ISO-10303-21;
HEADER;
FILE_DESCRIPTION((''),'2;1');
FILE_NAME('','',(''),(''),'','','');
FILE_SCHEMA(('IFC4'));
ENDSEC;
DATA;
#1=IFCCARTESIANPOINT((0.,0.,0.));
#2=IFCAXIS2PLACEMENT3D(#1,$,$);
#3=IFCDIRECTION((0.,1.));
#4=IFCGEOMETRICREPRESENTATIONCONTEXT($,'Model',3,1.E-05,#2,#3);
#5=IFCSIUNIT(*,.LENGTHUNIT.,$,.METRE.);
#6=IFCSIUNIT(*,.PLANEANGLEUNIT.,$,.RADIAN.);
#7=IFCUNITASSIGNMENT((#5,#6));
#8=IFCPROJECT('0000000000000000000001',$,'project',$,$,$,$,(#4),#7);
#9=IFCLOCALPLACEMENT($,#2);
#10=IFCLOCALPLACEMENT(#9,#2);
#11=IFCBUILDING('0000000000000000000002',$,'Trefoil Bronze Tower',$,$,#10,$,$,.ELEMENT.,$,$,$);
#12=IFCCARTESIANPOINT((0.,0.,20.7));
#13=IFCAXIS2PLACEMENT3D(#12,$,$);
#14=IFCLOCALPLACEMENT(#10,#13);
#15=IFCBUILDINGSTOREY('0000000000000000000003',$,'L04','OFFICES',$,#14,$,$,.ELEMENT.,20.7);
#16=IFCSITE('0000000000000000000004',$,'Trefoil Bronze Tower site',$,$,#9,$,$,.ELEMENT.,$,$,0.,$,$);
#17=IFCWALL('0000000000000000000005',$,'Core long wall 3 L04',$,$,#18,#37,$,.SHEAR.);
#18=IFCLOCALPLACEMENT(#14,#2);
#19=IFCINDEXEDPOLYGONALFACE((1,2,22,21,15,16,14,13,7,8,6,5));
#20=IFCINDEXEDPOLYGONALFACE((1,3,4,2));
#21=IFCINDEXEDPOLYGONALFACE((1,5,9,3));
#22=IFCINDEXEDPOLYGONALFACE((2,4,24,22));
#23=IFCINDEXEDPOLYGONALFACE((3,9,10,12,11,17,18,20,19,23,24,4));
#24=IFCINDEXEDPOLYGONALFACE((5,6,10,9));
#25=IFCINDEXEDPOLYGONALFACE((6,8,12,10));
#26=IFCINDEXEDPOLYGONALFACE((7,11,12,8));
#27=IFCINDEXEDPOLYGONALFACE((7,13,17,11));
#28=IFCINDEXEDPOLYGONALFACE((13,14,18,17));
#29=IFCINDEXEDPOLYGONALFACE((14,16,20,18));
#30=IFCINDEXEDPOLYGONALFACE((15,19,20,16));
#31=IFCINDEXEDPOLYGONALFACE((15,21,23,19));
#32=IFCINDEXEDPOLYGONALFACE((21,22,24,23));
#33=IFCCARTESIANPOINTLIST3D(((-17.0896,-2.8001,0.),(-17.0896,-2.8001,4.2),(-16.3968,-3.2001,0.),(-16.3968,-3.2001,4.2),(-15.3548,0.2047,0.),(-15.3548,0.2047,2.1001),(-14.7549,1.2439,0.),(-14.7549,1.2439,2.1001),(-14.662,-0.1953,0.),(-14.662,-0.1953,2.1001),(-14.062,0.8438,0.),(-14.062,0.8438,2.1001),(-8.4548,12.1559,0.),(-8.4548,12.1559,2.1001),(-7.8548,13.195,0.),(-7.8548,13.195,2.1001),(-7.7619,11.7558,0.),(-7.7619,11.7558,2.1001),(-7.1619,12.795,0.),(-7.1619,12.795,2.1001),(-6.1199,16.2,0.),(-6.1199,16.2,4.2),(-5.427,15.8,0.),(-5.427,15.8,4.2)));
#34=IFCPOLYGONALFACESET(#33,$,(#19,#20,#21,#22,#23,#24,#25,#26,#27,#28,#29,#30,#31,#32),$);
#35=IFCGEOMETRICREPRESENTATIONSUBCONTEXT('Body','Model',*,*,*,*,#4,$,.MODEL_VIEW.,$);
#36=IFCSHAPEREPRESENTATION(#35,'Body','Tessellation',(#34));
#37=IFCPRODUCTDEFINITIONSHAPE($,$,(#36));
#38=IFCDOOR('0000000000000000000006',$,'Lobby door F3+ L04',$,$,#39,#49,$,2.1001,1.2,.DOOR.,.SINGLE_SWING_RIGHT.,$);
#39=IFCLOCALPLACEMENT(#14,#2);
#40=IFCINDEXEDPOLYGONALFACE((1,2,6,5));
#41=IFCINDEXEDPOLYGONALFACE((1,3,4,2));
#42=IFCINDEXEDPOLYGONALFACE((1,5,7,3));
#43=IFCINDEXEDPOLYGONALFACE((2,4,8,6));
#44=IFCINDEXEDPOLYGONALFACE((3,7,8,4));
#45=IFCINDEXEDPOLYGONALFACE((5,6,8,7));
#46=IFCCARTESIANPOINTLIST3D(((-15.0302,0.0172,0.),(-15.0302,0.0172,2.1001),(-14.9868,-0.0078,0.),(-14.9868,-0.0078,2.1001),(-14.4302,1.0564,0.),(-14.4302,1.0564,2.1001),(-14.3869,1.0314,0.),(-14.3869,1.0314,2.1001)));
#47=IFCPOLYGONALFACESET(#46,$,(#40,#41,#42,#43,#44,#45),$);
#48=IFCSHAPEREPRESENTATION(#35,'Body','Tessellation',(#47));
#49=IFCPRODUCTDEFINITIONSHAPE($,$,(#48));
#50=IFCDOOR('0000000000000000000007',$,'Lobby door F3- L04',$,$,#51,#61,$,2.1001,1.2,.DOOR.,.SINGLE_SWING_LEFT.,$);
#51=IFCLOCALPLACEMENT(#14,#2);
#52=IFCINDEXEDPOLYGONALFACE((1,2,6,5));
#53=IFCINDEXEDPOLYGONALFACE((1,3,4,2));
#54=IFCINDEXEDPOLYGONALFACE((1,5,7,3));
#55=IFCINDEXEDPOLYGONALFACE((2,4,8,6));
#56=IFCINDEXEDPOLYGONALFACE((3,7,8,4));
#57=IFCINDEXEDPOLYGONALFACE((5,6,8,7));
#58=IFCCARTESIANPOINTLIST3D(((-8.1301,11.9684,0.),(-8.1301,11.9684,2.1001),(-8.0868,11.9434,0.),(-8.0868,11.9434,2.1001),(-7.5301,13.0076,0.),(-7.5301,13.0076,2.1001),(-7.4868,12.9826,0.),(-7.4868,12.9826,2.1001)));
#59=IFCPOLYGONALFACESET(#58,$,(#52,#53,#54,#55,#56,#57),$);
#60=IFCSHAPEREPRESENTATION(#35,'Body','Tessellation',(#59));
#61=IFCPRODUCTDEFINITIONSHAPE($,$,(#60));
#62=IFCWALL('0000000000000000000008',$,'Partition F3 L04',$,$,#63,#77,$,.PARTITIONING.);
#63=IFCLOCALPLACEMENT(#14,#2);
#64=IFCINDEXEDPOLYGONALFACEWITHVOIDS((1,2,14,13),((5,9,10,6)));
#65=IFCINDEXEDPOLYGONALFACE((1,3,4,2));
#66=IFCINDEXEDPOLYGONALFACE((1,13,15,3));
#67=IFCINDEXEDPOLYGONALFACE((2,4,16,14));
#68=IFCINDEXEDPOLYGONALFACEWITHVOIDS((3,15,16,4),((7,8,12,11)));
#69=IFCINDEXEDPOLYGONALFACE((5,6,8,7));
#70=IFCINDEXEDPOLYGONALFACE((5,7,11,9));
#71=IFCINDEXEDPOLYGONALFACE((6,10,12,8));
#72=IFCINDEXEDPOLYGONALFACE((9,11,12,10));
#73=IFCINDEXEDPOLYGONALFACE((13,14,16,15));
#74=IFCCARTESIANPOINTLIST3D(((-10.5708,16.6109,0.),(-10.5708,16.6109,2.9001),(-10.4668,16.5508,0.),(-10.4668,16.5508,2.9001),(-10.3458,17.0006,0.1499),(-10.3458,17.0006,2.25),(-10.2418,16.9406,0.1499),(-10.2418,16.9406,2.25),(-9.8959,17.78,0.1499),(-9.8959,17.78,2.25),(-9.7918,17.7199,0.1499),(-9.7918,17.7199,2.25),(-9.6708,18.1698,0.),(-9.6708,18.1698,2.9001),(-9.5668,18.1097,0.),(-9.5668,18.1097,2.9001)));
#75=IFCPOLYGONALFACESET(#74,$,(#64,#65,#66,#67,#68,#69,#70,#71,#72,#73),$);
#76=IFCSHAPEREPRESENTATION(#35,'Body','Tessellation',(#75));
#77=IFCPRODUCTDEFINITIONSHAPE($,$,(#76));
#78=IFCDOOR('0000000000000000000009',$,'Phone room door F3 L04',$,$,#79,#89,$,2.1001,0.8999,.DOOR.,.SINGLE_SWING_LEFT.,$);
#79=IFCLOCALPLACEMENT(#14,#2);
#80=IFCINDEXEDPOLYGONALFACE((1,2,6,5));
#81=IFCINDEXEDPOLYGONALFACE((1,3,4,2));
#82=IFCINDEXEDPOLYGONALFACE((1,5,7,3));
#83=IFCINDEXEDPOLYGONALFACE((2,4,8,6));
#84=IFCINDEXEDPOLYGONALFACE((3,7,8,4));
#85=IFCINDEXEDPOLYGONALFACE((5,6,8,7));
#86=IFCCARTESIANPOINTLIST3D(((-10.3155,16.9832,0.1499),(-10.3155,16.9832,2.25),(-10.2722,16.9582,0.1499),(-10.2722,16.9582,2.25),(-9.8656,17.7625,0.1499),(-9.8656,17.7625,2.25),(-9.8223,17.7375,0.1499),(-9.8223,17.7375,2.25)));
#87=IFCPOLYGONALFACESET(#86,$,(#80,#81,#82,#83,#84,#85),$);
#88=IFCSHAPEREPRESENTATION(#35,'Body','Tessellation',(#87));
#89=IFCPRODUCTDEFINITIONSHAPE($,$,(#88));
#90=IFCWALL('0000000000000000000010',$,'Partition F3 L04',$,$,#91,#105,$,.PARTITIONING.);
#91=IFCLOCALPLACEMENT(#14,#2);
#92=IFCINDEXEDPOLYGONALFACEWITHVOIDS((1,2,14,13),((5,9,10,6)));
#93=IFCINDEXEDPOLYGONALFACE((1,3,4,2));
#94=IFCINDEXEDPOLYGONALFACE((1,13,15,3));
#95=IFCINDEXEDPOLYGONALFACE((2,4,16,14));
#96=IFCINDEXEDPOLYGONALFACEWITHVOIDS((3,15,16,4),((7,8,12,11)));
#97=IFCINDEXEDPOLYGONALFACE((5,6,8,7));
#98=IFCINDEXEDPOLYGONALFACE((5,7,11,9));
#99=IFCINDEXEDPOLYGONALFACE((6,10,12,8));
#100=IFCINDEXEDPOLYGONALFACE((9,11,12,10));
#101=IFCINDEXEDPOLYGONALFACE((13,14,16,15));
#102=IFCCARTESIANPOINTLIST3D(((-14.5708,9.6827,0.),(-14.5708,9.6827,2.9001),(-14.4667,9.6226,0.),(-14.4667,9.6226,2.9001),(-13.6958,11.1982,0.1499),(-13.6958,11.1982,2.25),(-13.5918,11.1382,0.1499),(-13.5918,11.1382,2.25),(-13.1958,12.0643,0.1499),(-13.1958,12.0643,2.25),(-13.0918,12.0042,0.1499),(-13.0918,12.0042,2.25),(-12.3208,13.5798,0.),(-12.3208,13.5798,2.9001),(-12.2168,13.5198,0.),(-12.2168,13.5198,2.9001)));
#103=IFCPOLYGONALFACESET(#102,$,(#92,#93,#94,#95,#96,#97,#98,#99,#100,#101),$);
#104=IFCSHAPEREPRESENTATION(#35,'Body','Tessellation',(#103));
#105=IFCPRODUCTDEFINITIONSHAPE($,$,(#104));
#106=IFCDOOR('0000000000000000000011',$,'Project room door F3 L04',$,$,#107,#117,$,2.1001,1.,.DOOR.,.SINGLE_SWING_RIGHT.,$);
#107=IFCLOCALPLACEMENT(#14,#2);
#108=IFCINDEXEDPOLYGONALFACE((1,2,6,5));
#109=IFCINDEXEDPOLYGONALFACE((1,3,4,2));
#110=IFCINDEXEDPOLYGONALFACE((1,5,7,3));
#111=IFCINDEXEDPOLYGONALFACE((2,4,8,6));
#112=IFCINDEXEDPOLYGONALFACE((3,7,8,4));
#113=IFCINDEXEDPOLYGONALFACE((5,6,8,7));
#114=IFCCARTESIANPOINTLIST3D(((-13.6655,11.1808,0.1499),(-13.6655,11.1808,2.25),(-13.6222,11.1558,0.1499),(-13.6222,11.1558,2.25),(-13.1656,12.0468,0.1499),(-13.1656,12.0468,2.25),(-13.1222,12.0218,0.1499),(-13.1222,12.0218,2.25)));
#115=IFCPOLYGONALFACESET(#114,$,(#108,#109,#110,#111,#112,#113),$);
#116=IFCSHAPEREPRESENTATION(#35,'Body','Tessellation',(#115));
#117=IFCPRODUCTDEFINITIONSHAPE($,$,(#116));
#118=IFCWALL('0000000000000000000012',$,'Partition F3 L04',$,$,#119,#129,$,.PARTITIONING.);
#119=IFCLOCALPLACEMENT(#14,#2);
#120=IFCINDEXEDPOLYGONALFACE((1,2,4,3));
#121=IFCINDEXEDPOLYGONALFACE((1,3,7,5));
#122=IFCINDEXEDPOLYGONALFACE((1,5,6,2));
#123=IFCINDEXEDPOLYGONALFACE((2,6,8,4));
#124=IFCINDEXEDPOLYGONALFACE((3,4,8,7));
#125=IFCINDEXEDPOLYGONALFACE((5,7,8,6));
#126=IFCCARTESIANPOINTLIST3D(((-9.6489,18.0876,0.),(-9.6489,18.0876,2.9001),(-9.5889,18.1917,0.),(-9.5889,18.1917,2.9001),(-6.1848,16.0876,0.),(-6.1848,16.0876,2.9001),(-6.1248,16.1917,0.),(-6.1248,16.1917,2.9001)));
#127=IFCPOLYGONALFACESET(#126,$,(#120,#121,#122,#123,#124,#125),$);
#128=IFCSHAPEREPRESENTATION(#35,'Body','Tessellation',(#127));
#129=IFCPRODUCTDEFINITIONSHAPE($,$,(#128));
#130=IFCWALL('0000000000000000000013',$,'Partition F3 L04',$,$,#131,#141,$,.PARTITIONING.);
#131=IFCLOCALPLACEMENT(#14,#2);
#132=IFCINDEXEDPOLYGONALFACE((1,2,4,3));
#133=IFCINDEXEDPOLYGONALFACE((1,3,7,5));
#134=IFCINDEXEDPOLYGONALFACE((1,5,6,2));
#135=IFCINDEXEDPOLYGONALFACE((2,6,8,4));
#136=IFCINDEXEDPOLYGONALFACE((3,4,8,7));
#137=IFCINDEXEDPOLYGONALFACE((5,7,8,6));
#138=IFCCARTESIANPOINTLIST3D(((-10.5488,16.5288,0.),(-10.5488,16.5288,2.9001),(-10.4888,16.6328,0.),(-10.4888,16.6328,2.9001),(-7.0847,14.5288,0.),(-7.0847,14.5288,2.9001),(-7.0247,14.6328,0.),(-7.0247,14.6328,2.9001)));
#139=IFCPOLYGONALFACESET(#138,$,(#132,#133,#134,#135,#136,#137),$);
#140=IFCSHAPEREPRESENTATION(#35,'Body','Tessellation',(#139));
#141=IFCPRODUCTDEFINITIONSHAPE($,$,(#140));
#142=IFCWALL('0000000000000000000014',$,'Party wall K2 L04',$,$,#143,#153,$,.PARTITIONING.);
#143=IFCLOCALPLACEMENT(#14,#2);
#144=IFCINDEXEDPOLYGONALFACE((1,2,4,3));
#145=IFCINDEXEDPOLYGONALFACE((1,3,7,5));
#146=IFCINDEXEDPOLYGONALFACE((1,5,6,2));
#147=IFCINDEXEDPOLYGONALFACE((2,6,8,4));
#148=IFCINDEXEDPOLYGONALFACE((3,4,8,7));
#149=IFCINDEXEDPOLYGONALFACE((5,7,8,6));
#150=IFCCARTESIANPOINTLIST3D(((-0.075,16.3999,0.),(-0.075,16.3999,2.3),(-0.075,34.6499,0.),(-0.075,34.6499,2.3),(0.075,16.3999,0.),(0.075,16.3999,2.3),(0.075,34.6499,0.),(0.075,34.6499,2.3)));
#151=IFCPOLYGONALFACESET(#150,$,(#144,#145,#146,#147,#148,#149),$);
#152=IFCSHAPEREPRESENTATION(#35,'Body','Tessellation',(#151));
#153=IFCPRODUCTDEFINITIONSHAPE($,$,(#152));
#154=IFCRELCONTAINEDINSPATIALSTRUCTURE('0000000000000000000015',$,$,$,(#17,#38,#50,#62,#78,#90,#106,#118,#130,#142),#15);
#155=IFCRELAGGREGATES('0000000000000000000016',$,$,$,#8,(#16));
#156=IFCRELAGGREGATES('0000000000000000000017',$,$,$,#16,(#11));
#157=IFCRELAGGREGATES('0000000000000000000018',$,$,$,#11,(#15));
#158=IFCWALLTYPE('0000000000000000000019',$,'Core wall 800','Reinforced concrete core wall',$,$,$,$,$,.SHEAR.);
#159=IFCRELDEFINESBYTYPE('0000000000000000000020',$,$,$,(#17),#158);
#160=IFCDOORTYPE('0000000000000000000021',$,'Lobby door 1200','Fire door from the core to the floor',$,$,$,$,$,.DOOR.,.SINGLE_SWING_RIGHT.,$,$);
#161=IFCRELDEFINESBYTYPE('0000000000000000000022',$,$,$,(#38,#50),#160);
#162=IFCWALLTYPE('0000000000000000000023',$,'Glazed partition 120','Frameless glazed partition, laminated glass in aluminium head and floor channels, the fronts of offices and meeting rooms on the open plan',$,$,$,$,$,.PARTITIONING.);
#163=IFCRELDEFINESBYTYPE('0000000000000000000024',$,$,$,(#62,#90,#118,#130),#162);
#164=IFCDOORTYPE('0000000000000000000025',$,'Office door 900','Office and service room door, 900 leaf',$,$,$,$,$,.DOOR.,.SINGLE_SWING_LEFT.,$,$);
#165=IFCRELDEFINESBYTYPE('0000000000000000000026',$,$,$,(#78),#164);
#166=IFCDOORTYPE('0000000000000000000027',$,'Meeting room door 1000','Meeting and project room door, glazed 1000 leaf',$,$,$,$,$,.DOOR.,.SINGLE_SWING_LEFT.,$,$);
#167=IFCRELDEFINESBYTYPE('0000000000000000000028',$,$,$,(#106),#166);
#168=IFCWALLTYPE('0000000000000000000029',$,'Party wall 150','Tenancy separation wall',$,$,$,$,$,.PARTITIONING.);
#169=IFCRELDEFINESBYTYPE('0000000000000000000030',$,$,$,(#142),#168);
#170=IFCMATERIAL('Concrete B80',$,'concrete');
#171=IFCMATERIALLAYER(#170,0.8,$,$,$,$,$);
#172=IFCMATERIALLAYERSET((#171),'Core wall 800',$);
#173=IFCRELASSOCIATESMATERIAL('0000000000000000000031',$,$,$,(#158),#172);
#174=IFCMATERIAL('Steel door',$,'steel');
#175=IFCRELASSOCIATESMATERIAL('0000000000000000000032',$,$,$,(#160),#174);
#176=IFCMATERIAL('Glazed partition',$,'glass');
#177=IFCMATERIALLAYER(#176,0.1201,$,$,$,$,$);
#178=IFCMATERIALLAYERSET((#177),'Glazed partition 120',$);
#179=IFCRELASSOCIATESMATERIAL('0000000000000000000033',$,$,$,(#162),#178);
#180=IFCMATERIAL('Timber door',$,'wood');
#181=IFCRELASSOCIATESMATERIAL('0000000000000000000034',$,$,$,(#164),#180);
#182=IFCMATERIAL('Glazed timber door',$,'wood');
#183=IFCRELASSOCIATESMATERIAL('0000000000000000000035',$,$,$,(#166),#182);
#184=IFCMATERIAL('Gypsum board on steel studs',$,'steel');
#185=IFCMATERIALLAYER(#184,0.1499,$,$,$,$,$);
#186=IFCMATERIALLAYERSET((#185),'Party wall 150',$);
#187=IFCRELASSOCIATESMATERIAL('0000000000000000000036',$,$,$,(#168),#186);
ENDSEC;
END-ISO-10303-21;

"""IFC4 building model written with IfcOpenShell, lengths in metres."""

from ifc_helpers import new_model, si_unit, direction, frame, frame_2d, origin, place, context, subcontext, project, spatial, rectangle, extrude, material, layer, layer_set, type_object, element, fill, save


model = new_model("IFC4")

# Units and contexts
model_context = context("Model", 3, precision=1e-05, world=origin(), true_north=direction((0.0, 1.0)))
body_context = subcontext(model_context, "Body", "Model", "MODEL_VIEW")
ifc_project = project(units=[si_unit("LENGTHUNIT", "METRE"), si_unit("PLANEANGLEUNIT", "RADIAN")], contexts=[model_context])

# Site, building, storey
site_placement = place(None, origin())
site = spatial("IfcSite", under=ifc_project, at=site_placement, Name="Trefoil Bronze Tower site", CompositionType="ELEMENT", RefElevation=0.0)
building_placement = place(site_placement, origin())
building = spatial("IfcBuilding", under=site, at=building_placement, Name="Trefoil Bronze Tower", CompositionType="ELEMENT")
storey_placement = place(building_placement, frame((0.0, 0.0, 20.7)))
storey = spatial("IfcBuildingStorey", under=building, at=storey_placement, Name="L04", Description="OFFICES", CompositionType="ELEMENT", Elevation=20.7)

# Wall, openings, doors
ifc_material_1 = material(Name="Concrete B80", Category="concrete")
ifc_layer_1 = layer(ifc_material_1, 0.8)
ifc_layer_set_1 = layer_set([ifc_layer_1], Name="Core wall 800")
wall_type_1 = type_object("IfcWallType", Name="Core wall 800", Description="Reinforced concrete core wall", PredefinedType="SHEAR", material=ifc_layer_set_1)
wall_1_placement = place(storey_placement, frame((-5.7734, 16.0, 0.0), z_axis=(0.0, 0.0, 1.0), x_axis=(-0.500002, -0.866024, 0.0)))
wall_1 = element("IfcWall", 1, at=wall_1_placement, inside=storey, type_object=wall_type_1, Name="Core long wall 3 L04", PredefinedType="SHEAR", context=body_context, shape_type="SweptSolid", body=[
    extrude(rectangle(XDim=21.9395, YDim=0.8, at=frame_2d((10.9697, 0.0))), origin(), (0.0, 0.0, 1.0), 4.2),
])
opening_1_placement = place(wall_1_placement, frame((17.2698, 0.0, 0.0)))
opening_1 = element("IfcOpeningElement", 2, at=opening_1_placement, cuts=wall_1, PredefinedType="OPENING", context=body_context, shape_type="SweptSolid", body=[
    extrude(rectangle(XDim=1.2, YDim=2.1001, at=frame_2d((0.6001, 1.05))), frame((0.0, 0.4099, 0.0), z_axis=(0.0, -1.0, 0.0), x_axis=(1.0, 0.0, 0.0)), (0.0, 0.0, 1.0), 0.8201),
])
opening_2_placement = place(wall_1_placement, frame((3.4697, 0.0, 0.0)))
opening_2 = element("IfcOpeningElement", 3, at=opening_2_placement, cuts=wall_1, PredefinedType="OPENING", context=body_context, shape_type="SweptSolid", body=[
    extrude(rectangle(XDim=1.2, YDim=2.1001, at=frame_2d((0.6001, 1.05))), frame((0.0, 0.4099, 0.0), z_axis=(0.0, -1.0, 0.0), x_axis=(1.0, 0.0, 0.0)), (0.0, 0.0, 1.0), 0.8201),
])
ifc_material_2 = material(Name="Steel door", Category="steel")
door_type_1 = type_object("IfcDoorType", Name="Lobby door 1200", Description="Fire door from the core to the floor", OperationType="SINGLE_SWING_RIGHT", PredefinedType="DOOR", material=ifc_material_2)
door_1_placement = place(opening_1_placement, origin())
door_1 = element("IfcDoor", 4, at=door_1_placement, inside=storey, type_object=door_type_1, Name="Lobby door F3+ L04", OperationType="SINGLE_SWING_RIGHT", OverallHeight=2.1001, OverallWidth=1.2, PredefinedType="DOOR", context=body_context, shape_type="SweptSolid", body=[
    extrude(rectangle(XDim=1.2, YDim=2.1001, at=frame_2d((0.6001, 1.05))), frame((0.0, 0.0249, 0.0), z_axis=(0.0, -1.0, 0.0), x_axis=(1.0, 0.0, 0.0)), (0.0, 0.0, 1.0), 0.05),
])
fill(opening_1, door_1)
door_2_placement = place(opening_2_placement, origin())
door_2 = element("IfcDoor", 5, at=door_2_placement, inside=storey, type_object=door_type_1, Name="Lobby door F3- L04", OperationType="SINGLE_SWING_LEFT", OverallHeight=2.1001, OverallWidth=1.2, PredefinedType="DOOR", context=body_context, shape_type="SweptSolid", body=[
    extrude(rectangle(XDim=1.2, YDim=2.1001, at=frame_2d((0.6001, 1.05))), frame((0.0, 0.0249, 0.0), z_axis=(0.0, -1.0, 0.0), x_axis=(1.0, 0.0, 0.0)), (0.0, 0.0, 1.0), 0.05),
])
fill(opening_2, door_2)

# Walls, openings, doors
ifc_material_3 = material(Name="Glazed partition", Category="glass")
ifc_layer_2 = layer(ifc_material_3, 0.1201)
ifc_layer_set_2 = layer_set([ifc_layer_2], Name="Glazed partition 120")
wall_type_2 = type_object("IfcWallType", Name="Glazed partition 120", Description="Frameless glazed partition, laminated glass in aluminium head and floor channels, the fronts of offices and meeting rooms on the open plan", PredefinedType="PARTITIONING", material=ifc_layer_set_2)
wall_2_placement = place(storey_placement, frame((-9.6189, 18.1396, 0.0), z_axis=(0.0, 0.0, 1.0), x_axis=(-0.499961, -0.866048, 0.0)))
wall_2 = element("IfcWall", 6, at=wall_2_placement, inside=storey, type_object=wall_type_2, Name="Partition F3 L04", PredefinedType="PARTITIONING", context=body_context, shape_type="SweptSolid", body=[
    extrude(rectangle(XDim=1.8, YDim=0.1201, at=frame_2d((0.8999, 0.0))), origin(), (0.0, 0.0, 1.0), 2.9001),
])
opening_3_placement = place(wall_2_placement, frame((0.45, 0.0, 0.1499)))
opening_3 = element("IfcOpeningElement", 7, at=opening_3_placement, cuts=wall_2, PredefinedType="OPENING", context=body_context, shape_type="SweptSolid", body=[
    extrude(rectangle(XDim=0.8999, YDim=2.1001, at=frame_2d((0.45, 1.05))), frame((0.0, 0.0701, 0.0), z_axis=(0.0, -1.0, 0.0), x_axis=(1.0, 0.0, 0.0)), (0.0, 0.0, 1.0), 0.1401),
])
ifc_material_4 = material(Name="Timber door", Category="wood")
door_type_2 = type_object("IfcDoorType", Name="Office door 900", Description="Office and service room door, 900 leaf", OperationType="SINGLE_SWING_LEFT", PredefinedType="DOOR", material=ifc_material_4)
door_3_placement = place(opening_3_placement, origin())
door_3 = element("IfcDoor", 8, at=door_3_placement, inside=storey, type_object=door_type_2, Name="Phone room door F3 L04", OperationType="SINGLE_SWING_LEFT", OverallHeight=2.1001, OverallWidth=0.8999, PredefinedType="DOOR", context=body_context, shape_type="SweptSolid", body=[
    extrude(rectangle(XDim=0.8999, YDim=2.1001, at=frame_2d((0.45, 1.05))), frame((0.0, 0.0249, 0.0), z_axis=(0.0, -1.0, 0.0), x_axis=(1.0, 0.0, 0.0)), (0.0, 0.0, 1.0), 0.05),
])
fill(opening_3, door_3)
wall_3_placement = place(storey_placement, frame((-12.2688, 13.5498, 0.0), z_axis=(0.0, 0.0, 1.0), x_axis=(-0.49999, -0.866031, 0.0)))
wall_3 = element("IfcWall", 9, at=wall_3_placement, inside=storey, type_object=wall_type_2, Name="Partition F3 L04", PredefinedType="PARTITIONING", context=body_context, shape_type="SweptSolid", body=[
    extrude(rectangle(XDim=4.5, YDim=0.1201, at=frame_2d((2.25, 0.0))), origin(), (0.0, 0.0, 1.0), 2.9001),
])
opening_4_placement = place(wall_3_placement, frame((1.75, 0.0, 0.1499)))
opening_4 = element("IfcOpeningElement", 10, at=opening_4_placement, cuts=wall_3, PredefinedType="OPENING", context=body_context, shape_type="SweptSolid", body=[
    extrude(rectangle(XDim=1.0, YDim=2.1001, at=frame_2d((0.5, 1.05))), frame((0.0, 0.0701, 0.0), z_axis=(0.0, -1.0, 0.0), x_axis=(1.0, 0.0, 0.0)), (0.0, 0.0, 1.0), 0.1401),
])
ifc_material_5 = material(Name="Glazed timber door", Category="wood")
door_type_3 = type_object("IfcDoorType", Name="Meeting room door 1000", Description="Meeting and project room door, glazed 1000 leaf", OperationType="SINGLE_SWING_LEFT", PredefinedType="DOOR", material=ifc_material_5)
door_4_placement = place(opening_4_placement, origin())
door_4 = element("IfcDoor", 11, at=door_4_placement, inside=storey, type_object=door_type_3, Name="Project room door F3 L04", OperationType="SINGLE_SWING_RIGHT", OverallHeight=2.1001, OverallWidth=1.0, PredefinedType="DOOR", context=body_context, shape_type="SweptSolid", body=[
    extrude(rectangle(XDim=1.0, YDim=2.1001, at=frame_2d((0.5, 1.05))), frame((0.0, 0.0249, 0.0), z_axis=(0.0, -1.0, 0.0), x_axis=(1.0, 0.0, 0.0)), (0.0, 0.0, 1.0), 0.05),
])
fill(opening_4, door_4)

# Walls
for number, where, z_axis, x_axis, name in (
    (12, (-6.1548, 16.1396, 0.0), (0.0, 0.0, 1.0), (-0.866026, 0.499999, 0.0), "Partition F3 L04"),
    (13, (-7.0547, 14.5808, 0.0), (0.0, 0.0, 1.0), (-0.866026, 0.499999, 0.0), "Partition F3 L04"),
):
    element("IfcWall", number, at=place(storey_placement, frame(where, z_axis=z_axis, x_axis=x_axis)), inside=storey, type_object=wall_type_2, Name=name, PredefinedType="PARTITIONING", context=body_context, shape_type="SweptSolid", body=[
        extrude(rectangle(XDim=4.0, YDim=0.1201, at=frame_2d((2.0, 0.0))), origin(), (0.0, 0.0, 1.0), 2.9001),
    ])
ifc_material_6 = material(Name="Gypsum board on steel studs", Category="steel")
ifc_layer_3 = layer(ifc_material_6, 0.1499)
ifc_layer_set_3 = layer_set([ifc_layer_3], Name="Party wall 150")
wall_type_3 = type_object("IfcWallType", Name="Party wall 150", Description="Tenancy separation wall", PredefinedType="PARTITIONING", material=ifc_layer_set_3)
wall_4_placement = place(storey_placement, frame((0.0, 16.3999, 0.0), z_axis=(0.0, 0.0, 1.0), x_axis=(0.0, 1.0, 0.0)))
element("IfcWall", 14, at=wall_4_placement, inside=storey, type_object=wall_type_3, Name="Party wall K2 L04", PredefinedType="PARTITIONING", context=body_context, shape_type="SweptSolid", body=[
    extrude(rectangle(XDim=18.25, YDim=0.1499, at=frame_2d((9.125, 0.0))), origin(), (0.0, 0.0, 1.0), 2.3),
])

save(model, "model.ifc")
